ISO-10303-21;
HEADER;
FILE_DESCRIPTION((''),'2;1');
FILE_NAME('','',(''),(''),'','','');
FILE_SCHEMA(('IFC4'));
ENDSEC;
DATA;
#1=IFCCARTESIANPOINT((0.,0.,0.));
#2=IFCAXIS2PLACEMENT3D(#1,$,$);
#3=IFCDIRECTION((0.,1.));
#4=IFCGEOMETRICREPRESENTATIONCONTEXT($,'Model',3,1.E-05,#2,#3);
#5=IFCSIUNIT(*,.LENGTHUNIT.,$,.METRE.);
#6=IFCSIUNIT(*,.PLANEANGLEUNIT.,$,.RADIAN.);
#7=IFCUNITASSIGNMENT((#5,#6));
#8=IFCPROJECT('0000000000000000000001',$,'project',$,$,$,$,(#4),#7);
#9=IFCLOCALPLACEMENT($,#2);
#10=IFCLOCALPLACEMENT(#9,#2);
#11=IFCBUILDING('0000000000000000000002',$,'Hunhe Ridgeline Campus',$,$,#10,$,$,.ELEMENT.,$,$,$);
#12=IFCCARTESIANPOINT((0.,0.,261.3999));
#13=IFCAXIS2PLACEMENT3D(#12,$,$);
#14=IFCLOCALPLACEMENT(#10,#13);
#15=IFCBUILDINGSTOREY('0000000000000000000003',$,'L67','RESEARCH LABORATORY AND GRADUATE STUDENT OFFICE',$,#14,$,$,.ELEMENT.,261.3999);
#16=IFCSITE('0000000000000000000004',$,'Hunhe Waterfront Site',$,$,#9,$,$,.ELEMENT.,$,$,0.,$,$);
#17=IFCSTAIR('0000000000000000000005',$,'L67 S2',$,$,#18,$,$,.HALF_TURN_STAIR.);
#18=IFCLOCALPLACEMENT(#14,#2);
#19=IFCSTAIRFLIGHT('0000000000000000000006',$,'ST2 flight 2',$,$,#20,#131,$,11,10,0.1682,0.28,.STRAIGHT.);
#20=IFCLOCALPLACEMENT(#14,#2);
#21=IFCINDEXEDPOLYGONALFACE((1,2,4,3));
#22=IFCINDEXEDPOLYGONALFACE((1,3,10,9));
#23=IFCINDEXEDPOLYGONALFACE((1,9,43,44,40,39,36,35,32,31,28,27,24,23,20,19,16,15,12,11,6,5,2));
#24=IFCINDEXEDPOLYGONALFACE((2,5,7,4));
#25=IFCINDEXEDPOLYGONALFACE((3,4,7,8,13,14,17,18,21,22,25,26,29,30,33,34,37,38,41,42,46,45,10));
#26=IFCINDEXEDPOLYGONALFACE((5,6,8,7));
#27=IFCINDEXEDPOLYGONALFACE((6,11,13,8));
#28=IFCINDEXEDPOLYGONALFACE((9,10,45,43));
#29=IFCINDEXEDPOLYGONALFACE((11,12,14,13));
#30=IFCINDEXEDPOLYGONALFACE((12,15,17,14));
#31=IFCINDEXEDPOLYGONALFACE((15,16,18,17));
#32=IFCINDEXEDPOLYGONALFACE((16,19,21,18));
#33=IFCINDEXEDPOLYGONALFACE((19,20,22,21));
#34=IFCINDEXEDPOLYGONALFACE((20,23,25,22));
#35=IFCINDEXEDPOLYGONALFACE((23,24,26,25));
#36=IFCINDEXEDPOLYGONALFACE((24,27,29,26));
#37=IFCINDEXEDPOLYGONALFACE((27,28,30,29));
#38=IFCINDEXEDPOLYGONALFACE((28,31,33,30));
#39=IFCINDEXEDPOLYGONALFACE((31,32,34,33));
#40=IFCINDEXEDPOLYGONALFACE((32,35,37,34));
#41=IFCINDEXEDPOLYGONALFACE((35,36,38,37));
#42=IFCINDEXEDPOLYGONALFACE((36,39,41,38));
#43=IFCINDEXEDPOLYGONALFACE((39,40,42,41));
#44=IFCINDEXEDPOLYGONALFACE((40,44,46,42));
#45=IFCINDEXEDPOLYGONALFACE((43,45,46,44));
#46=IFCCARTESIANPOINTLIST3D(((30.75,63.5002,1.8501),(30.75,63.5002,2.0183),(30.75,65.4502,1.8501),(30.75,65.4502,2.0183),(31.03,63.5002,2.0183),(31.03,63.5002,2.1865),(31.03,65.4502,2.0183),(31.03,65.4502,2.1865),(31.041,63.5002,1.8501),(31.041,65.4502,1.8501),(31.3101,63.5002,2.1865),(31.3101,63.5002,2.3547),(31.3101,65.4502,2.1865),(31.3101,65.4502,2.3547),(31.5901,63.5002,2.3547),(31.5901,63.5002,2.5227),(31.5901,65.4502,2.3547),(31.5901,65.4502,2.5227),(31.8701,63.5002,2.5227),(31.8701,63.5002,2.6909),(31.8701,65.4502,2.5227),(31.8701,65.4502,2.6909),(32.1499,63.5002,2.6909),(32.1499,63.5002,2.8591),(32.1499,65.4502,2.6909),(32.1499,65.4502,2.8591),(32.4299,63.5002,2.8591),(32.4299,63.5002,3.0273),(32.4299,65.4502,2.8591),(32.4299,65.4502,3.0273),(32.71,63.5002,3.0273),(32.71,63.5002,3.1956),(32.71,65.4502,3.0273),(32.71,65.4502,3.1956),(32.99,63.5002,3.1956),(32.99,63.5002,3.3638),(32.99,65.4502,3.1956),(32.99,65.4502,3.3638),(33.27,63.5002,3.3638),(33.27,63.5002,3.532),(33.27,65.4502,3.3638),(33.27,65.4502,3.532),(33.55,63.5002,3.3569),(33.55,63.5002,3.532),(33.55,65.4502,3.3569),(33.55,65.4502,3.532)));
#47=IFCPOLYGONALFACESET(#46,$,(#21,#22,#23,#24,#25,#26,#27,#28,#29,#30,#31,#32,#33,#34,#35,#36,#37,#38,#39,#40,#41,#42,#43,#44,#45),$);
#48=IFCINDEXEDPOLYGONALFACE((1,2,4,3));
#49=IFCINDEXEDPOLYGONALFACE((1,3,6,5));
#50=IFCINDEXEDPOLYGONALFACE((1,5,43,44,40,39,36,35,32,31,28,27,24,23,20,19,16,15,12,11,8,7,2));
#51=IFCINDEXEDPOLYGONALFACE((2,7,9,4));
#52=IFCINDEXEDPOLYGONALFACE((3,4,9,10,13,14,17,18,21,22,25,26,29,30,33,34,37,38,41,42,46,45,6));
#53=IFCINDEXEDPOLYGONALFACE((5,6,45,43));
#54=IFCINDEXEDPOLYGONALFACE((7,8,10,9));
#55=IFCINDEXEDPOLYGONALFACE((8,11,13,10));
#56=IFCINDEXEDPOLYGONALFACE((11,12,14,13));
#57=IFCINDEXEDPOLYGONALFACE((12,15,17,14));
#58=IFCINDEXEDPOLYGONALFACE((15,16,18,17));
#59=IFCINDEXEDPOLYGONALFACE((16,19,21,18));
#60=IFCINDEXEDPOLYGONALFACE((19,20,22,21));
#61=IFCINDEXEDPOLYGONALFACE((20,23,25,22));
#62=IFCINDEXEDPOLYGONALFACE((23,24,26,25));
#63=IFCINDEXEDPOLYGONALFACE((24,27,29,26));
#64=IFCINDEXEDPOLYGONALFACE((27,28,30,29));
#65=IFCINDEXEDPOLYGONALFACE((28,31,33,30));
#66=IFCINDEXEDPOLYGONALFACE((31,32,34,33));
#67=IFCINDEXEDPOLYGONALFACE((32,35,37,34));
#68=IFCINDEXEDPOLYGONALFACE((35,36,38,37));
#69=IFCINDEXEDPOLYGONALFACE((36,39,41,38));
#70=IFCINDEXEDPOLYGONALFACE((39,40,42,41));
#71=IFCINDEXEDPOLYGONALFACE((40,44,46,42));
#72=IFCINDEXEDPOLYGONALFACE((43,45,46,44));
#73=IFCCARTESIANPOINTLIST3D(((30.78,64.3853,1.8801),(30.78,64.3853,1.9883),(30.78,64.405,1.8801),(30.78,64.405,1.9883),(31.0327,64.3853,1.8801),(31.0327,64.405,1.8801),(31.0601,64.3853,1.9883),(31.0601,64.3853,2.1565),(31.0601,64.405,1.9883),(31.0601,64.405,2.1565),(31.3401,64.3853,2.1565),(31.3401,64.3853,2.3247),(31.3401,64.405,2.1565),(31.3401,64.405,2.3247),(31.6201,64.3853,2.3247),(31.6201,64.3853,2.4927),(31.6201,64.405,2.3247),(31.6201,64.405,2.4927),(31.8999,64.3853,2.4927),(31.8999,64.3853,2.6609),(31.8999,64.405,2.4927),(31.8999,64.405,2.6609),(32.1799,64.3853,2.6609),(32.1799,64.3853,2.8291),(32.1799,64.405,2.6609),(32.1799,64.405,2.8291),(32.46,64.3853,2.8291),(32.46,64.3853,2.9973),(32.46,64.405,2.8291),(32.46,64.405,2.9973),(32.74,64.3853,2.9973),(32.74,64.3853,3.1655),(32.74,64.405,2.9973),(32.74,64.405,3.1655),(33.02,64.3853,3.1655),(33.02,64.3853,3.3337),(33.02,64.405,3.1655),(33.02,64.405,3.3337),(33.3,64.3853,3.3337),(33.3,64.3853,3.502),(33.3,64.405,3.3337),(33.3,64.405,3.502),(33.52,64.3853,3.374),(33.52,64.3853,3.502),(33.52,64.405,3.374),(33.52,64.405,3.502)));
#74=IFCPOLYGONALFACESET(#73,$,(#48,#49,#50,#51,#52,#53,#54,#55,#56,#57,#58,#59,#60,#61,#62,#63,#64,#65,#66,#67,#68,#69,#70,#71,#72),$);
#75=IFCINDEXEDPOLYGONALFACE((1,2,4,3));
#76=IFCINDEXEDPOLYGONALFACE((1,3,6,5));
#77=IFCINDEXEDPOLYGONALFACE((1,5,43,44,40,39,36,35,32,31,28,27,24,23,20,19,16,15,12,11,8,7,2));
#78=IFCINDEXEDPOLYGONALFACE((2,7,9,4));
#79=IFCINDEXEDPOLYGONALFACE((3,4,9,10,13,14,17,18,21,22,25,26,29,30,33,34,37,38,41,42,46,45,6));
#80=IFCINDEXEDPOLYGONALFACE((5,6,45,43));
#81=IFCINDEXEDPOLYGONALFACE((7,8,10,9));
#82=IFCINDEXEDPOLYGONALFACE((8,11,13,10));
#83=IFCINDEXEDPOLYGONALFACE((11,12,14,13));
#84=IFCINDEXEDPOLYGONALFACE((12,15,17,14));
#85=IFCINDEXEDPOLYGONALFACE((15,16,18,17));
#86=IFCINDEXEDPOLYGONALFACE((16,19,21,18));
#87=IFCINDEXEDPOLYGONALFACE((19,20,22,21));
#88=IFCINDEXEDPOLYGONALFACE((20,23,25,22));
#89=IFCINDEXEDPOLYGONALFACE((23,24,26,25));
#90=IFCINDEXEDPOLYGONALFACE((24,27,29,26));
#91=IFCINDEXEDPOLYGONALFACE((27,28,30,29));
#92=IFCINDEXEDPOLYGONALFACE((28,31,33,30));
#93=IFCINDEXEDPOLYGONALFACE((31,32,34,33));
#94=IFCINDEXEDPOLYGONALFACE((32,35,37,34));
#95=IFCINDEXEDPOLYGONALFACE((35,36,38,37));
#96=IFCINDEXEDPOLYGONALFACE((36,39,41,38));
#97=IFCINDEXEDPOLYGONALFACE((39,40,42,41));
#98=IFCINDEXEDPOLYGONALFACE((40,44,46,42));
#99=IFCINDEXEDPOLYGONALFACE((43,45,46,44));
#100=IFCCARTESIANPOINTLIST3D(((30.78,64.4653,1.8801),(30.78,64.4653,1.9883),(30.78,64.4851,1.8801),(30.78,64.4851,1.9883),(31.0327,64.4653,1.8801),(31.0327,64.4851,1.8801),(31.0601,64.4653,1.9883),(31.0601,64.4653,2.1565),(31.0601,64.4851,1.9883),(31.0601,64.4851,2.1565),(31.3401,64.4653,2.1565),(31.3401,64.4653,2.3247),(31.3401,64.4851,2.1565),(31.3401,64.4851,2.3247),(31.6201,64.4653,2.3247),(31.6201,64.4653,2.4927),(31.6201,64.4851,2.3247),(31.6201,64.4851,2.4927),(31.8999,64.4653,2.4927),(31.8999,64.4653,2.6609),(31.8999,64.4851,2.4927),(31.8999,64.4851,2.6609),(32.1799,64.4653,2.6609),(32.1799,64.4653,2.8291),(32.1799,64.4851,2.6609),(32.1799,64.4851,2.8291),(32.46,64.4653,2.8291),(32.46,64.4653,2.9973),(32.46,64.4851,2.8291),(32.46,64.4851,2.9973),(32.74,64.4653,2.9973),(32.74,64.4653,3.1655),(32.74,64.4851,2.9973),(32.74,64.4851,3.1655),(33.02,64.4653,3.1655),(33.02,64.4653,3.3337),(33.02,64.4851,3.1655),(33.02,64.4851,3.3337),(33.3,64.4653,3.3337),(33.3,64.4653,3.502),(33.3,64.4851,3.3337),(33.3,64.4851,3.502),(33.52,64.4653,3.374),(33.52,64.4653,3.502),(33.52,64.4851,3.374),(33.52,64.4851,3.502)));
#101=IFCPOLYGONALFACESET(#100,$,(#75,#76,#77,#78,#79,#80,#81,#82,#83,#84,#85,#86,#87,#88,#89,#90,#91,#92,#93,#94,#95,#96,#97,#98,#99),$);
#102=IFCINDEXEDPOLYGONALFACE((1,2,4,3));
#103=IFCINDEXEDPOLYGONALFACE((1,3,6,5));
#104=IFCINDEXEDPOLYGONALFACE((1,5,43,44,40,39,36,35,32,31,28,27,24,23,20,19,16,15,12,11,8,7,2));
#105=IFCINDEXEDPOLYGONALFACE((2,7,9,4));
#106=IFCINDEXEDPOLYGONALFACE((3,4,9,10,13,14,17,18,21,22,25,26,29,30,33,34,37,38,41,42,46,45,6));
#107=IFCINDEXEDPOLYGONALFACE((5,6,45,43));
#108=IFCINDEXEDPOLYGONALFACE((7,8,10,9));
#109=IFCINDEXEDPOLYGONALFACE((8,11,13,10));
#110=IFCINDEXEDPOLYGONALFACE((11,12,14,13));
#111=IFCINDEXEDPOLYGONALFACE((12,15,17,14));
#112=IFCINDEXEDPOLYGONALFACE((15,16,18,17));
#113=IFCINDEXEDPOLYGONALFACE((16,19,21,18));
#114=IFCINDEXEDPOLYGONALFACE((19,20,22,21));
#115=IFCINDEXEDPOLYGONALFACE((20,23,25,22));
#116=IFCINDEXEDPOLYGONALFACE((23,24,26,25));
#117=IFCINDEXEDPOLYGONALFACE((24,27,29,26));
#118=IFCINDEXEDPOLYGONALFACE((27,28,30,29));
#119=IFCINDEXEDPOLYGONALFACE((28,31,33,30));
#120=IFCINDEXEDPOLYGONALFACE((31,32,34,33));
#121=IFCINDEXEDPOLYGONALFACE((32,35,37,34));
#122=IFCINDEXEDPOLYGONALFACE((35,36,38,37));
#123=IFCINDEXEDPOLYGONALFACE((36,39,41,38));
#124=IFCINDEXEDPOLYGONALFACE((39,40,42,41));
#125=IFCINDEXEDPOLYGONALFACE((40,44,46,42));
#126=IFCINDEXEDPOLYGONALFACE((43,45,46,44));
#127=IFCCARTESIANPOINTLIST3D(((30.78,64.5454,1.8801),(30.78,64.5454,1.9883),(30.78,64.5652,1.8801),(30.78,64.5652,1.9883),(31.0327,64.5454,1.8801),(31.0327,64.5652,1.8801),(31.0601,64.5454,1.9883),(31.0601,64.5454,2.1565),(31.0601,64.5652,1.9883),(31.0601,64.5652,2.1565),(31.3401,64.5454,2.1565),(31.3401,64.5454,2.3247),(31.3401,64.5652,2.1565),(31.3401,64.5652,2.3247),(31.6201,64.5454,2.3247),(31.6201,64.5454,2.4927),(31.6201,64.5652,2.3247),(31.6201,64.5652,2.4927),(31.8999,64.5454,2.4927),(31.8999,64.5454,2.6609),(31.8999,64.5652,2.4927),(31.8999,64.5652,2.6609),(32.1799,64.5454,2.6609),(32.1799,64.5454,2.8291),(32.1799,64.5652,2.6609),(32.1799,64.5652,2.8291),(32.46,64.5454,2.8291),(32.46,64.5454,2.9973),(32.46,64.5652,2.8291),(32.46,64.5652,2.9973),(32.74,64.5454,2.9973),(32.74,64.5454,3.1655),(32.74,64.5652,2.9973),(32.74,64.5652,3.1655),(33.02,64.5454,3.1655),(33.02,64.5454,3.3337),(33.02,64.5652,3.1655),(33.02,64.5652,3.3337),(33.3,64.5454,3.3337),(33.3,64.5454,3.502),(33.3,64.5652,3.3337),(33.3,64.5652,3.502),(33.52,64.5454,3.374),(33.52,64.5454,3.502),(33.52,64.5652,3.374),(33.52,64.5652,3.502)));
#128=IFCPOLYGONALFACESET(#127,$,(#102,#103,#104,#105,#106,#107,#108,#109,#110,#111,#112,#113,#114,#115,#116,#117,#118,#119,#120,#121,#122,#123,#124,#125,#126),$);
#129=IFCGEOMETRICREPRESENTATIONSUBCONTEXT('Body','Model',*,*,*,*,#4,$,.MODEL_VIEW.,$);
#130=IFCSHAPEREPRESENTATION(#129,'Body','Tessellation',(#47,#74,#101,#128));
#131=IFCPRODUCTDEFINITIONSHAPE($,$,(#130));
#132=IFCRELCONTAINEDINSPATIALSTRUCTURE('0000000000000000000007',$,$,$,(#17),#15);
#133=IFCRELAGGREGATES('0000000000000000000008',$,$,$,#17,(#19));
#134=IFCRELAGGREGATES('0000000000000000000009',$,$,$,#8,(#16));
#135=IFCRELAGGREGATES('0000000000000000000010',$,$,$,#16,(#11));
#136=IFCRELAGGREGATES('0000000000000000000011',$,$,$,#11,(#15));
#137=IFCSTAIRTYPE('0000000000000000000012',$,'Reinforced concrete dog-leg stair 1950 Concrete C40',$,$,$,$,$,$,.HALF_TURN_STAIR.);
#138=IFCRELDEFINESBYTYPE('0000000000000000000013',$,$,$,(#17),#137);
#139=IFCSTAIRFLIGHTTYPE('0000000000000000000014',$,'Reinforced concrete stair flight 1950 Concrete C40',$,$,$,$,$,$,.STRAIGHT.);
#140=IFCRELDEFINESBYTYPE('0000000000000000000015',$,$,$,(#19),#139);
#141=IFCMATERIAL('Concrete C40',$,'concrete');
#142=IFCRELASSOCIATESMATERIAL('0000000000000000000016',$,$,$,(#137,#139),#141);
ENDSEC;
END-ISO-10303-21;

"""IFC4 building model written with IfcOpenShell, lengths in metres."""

from ifc_helpers import new_model, si_unit, direction, frame, origin, place, context, subcontext, project, spatial, polyline, outline, extrude, material, type_object, element, aggregate, save


model = new_model("IFC4")

# Units and contexts
model_context = context("Model", 3, precision=1e-05, world=origin(), true_north=direction((0.0, 1.0)))
body_context = subcontext(model_context, "Body", "Model", "MODEL_VIEW")
ifc_project = project(units=[si_unit("LENGTHUNIT", "METRE"), si_unit("PLANEANGLEUNIT", "RADIAN")], contexts=[model_context])

# Site, building, storey
site_placement = place(None, origin())
site = spatial("IfcSite", under=ifc_project, at=site_placement, Name="Hunhe Waterfront Site", CompositionType="ELEMENT", RefElevation=0.0)
building_placement = place(site_placement, origin())
building = spatial("IfcBuilding", under=site, at=building_placement, Name="Hunhe Ridgeline Campus", CompositionType="ELEMENT")
storey_placement = place(building_placement, frame((0.0, 0.0, 261.3999)))
storey = spatial("IfcBuildingStorey", under=building, at=storey_placement, Name="L67", Description="RESEARCH LABORATORY AND GRADUATE STUDENT OFFICE", CompositionType="ELEMENT", Elevation=261.3999)

# Stair, stair flight
ifc_material_1 = material(Name="Concrete C40", Category="concrete")
stair_type = type_object("IfcStairType", Name="Reinforced concrete dog-leg stair 1950 Concrete C40", PredefinedType="HALF_TURN_STAIR", material=ifc_material_1)
stair_placement = place(storey_placement, origin())
stair = element("IfcStair", 1, at=stair_placement, inside=storey, type_object=stair_type, Name="L67 S2", PredefinedType="HALF_TURN_STAIR")
stair_flight_type = type_object("IfcStairFlightType", Name="Reinforced concrete stair flight 1950 Concrete C40", PredefinedType="STRAIGHT", material=ifc_material_1)
stair_flight_1_placement = place(storey_placement, frame((30.75, 64.4751, 1.8501), z_axis=(0.0, 0.0, 1.0), x_axis=(1.0, 0.0, 0.0)))
stair_flight_1 = element("IfcStairFlight", 2, at=stair_flight_1_placement, type_object=stair_flight_type, Name="ST2 flight 2", NumberOfRisers=11, NumberOfTreads=10, PredefinedType="STRAIGHT", RiserHeight=0.1682, TreadLength=0.28, context=body_context, shape_type="SweptSolid", body=[
    extrude(outline(polyline([(0.0, 0.0), (0.0, 0.1682), (0.28, 0.1682), (0.28, 0.3364), (0.5601, 0.3364), (0.5601, 0.5046), (0.8401, 0.5046), (0.8401, 0.6726), (1.1201, 0.6726), (1.1201, 0.8408), (1.3999, 0.8408), (1.3999, 1.009), (1.6799, 1.009), (1.6799, 1.1772), (1.96, 1.1772), (1.96, 1.3455), (2.24, 1.3455), (2.24, 1.5137), (2.52, 1.5137), (2.52, 1.6819), (2.8, 1.6819), (2.8, 1.8501), (2.8, 1.5068), (0.291, 0.0), (0.0, 0.0)])), frame((0.0, 0.9751, 0.0), z_axis=(0.0, -1.0, 0.0), x_axis=(1.0, 0.0, 0.0)), (0.0, 0.0, 1.0), 1.95),
    extrude(outline(polyline([(0.03, 0.03), (0.03, 0.1382), (0.3101, 0.1382), (0.3101, 0.3064), (0.5901, 0.3064), (0.5901, 0.4746), (0.8701, 0.4746), (0.8701, 0.6426), (1.1499, 0.6426), (1.1499, 0.8108), (1.4299, 0.8108), (1.4299, 0.979), (1.71, 0.979), (1.71, 1.1472), (1.99, 1.1472), (1.99, 1.3154), (2.27, 1.3154), (2.27, 1.4836), (2.55, 1.4836), (2.55, 1.6519), (2.77, 1.6519), (2.77, 1.5239), (0.2827, 0.03), (0.03, 0.03)])), frame((0.0, -0.0701, 0.0), z_axis=(0.0, -1.0, 0.0), x_axis=(1.0, 0.0, 0.0)), (0.0, 0.0, 1.0), 0.0198),
    extrude(outline(polyline([(0.03, 0.03), (0.03, 0.1382), (0.3101, 0.1382), (0.3101, 0.3064), (0.5901, 0.3064), (0.5901, 0.4746), (0.8701, 0.4746), (0.8701, 0.6426), (1.1499, 0.6426), (1.1499, 0.8108), (1.4299, 0.8108), (1.4299, 0.979), (1.71, 0.979), (1.71, 1.1472), (1.99, 1.1472), (1.99, 1.3154), (2.27, 1.3154), (2.27, 1.4836), (2.55, 1.4836), (2.55, 1.6519), (2.77, 1.6519), (2.77, 1.5239), (0.2827, 0.03), (0.03, 0.03)])), frame((0.0, 0.01, 0.0), z_axis=(0.0, -1.0, 0.0), x_axis=(1.0, 0.0, 0.0)), (0.0, 0.0, 1.0), 0.0198),
    extrude(outline(polyline([(0.03, 0.03), (0.03, 0.1382), (0.3101, 0.1382), (0.3101, 0.3064), (0.5901, 0.3064), (0.5901, 0.4746), (0.8701, 0.4746), (0.8701, 0.6426), (1.1499, 0.6426), (1.1499, 0.8108), (1.4299, 0.8108), (1.4299, 0.979), (1.71, 0.979), (1.71, 1.1472), (1.99, 1.1472), (1.99, 1.3154), (2.27, 1.3154), (2.27, 1.4836), (2.55, 1.4836), (2.55, 1.6519), (2.77, 1.6519), (2.77, 1.5239), (0.2827, 0.03), (0.03, 0.03)])), frame((0.0, 0.0901, 0.0), z_axis=(0.0, -1.0, 0.0), x_axis=(1.0, 0.0, 0.0)), (0.0, 0.0, 1.0), 0.0198),
])
aggregate(stair, [stair_flight_1])

save(model, "model.ifc")
